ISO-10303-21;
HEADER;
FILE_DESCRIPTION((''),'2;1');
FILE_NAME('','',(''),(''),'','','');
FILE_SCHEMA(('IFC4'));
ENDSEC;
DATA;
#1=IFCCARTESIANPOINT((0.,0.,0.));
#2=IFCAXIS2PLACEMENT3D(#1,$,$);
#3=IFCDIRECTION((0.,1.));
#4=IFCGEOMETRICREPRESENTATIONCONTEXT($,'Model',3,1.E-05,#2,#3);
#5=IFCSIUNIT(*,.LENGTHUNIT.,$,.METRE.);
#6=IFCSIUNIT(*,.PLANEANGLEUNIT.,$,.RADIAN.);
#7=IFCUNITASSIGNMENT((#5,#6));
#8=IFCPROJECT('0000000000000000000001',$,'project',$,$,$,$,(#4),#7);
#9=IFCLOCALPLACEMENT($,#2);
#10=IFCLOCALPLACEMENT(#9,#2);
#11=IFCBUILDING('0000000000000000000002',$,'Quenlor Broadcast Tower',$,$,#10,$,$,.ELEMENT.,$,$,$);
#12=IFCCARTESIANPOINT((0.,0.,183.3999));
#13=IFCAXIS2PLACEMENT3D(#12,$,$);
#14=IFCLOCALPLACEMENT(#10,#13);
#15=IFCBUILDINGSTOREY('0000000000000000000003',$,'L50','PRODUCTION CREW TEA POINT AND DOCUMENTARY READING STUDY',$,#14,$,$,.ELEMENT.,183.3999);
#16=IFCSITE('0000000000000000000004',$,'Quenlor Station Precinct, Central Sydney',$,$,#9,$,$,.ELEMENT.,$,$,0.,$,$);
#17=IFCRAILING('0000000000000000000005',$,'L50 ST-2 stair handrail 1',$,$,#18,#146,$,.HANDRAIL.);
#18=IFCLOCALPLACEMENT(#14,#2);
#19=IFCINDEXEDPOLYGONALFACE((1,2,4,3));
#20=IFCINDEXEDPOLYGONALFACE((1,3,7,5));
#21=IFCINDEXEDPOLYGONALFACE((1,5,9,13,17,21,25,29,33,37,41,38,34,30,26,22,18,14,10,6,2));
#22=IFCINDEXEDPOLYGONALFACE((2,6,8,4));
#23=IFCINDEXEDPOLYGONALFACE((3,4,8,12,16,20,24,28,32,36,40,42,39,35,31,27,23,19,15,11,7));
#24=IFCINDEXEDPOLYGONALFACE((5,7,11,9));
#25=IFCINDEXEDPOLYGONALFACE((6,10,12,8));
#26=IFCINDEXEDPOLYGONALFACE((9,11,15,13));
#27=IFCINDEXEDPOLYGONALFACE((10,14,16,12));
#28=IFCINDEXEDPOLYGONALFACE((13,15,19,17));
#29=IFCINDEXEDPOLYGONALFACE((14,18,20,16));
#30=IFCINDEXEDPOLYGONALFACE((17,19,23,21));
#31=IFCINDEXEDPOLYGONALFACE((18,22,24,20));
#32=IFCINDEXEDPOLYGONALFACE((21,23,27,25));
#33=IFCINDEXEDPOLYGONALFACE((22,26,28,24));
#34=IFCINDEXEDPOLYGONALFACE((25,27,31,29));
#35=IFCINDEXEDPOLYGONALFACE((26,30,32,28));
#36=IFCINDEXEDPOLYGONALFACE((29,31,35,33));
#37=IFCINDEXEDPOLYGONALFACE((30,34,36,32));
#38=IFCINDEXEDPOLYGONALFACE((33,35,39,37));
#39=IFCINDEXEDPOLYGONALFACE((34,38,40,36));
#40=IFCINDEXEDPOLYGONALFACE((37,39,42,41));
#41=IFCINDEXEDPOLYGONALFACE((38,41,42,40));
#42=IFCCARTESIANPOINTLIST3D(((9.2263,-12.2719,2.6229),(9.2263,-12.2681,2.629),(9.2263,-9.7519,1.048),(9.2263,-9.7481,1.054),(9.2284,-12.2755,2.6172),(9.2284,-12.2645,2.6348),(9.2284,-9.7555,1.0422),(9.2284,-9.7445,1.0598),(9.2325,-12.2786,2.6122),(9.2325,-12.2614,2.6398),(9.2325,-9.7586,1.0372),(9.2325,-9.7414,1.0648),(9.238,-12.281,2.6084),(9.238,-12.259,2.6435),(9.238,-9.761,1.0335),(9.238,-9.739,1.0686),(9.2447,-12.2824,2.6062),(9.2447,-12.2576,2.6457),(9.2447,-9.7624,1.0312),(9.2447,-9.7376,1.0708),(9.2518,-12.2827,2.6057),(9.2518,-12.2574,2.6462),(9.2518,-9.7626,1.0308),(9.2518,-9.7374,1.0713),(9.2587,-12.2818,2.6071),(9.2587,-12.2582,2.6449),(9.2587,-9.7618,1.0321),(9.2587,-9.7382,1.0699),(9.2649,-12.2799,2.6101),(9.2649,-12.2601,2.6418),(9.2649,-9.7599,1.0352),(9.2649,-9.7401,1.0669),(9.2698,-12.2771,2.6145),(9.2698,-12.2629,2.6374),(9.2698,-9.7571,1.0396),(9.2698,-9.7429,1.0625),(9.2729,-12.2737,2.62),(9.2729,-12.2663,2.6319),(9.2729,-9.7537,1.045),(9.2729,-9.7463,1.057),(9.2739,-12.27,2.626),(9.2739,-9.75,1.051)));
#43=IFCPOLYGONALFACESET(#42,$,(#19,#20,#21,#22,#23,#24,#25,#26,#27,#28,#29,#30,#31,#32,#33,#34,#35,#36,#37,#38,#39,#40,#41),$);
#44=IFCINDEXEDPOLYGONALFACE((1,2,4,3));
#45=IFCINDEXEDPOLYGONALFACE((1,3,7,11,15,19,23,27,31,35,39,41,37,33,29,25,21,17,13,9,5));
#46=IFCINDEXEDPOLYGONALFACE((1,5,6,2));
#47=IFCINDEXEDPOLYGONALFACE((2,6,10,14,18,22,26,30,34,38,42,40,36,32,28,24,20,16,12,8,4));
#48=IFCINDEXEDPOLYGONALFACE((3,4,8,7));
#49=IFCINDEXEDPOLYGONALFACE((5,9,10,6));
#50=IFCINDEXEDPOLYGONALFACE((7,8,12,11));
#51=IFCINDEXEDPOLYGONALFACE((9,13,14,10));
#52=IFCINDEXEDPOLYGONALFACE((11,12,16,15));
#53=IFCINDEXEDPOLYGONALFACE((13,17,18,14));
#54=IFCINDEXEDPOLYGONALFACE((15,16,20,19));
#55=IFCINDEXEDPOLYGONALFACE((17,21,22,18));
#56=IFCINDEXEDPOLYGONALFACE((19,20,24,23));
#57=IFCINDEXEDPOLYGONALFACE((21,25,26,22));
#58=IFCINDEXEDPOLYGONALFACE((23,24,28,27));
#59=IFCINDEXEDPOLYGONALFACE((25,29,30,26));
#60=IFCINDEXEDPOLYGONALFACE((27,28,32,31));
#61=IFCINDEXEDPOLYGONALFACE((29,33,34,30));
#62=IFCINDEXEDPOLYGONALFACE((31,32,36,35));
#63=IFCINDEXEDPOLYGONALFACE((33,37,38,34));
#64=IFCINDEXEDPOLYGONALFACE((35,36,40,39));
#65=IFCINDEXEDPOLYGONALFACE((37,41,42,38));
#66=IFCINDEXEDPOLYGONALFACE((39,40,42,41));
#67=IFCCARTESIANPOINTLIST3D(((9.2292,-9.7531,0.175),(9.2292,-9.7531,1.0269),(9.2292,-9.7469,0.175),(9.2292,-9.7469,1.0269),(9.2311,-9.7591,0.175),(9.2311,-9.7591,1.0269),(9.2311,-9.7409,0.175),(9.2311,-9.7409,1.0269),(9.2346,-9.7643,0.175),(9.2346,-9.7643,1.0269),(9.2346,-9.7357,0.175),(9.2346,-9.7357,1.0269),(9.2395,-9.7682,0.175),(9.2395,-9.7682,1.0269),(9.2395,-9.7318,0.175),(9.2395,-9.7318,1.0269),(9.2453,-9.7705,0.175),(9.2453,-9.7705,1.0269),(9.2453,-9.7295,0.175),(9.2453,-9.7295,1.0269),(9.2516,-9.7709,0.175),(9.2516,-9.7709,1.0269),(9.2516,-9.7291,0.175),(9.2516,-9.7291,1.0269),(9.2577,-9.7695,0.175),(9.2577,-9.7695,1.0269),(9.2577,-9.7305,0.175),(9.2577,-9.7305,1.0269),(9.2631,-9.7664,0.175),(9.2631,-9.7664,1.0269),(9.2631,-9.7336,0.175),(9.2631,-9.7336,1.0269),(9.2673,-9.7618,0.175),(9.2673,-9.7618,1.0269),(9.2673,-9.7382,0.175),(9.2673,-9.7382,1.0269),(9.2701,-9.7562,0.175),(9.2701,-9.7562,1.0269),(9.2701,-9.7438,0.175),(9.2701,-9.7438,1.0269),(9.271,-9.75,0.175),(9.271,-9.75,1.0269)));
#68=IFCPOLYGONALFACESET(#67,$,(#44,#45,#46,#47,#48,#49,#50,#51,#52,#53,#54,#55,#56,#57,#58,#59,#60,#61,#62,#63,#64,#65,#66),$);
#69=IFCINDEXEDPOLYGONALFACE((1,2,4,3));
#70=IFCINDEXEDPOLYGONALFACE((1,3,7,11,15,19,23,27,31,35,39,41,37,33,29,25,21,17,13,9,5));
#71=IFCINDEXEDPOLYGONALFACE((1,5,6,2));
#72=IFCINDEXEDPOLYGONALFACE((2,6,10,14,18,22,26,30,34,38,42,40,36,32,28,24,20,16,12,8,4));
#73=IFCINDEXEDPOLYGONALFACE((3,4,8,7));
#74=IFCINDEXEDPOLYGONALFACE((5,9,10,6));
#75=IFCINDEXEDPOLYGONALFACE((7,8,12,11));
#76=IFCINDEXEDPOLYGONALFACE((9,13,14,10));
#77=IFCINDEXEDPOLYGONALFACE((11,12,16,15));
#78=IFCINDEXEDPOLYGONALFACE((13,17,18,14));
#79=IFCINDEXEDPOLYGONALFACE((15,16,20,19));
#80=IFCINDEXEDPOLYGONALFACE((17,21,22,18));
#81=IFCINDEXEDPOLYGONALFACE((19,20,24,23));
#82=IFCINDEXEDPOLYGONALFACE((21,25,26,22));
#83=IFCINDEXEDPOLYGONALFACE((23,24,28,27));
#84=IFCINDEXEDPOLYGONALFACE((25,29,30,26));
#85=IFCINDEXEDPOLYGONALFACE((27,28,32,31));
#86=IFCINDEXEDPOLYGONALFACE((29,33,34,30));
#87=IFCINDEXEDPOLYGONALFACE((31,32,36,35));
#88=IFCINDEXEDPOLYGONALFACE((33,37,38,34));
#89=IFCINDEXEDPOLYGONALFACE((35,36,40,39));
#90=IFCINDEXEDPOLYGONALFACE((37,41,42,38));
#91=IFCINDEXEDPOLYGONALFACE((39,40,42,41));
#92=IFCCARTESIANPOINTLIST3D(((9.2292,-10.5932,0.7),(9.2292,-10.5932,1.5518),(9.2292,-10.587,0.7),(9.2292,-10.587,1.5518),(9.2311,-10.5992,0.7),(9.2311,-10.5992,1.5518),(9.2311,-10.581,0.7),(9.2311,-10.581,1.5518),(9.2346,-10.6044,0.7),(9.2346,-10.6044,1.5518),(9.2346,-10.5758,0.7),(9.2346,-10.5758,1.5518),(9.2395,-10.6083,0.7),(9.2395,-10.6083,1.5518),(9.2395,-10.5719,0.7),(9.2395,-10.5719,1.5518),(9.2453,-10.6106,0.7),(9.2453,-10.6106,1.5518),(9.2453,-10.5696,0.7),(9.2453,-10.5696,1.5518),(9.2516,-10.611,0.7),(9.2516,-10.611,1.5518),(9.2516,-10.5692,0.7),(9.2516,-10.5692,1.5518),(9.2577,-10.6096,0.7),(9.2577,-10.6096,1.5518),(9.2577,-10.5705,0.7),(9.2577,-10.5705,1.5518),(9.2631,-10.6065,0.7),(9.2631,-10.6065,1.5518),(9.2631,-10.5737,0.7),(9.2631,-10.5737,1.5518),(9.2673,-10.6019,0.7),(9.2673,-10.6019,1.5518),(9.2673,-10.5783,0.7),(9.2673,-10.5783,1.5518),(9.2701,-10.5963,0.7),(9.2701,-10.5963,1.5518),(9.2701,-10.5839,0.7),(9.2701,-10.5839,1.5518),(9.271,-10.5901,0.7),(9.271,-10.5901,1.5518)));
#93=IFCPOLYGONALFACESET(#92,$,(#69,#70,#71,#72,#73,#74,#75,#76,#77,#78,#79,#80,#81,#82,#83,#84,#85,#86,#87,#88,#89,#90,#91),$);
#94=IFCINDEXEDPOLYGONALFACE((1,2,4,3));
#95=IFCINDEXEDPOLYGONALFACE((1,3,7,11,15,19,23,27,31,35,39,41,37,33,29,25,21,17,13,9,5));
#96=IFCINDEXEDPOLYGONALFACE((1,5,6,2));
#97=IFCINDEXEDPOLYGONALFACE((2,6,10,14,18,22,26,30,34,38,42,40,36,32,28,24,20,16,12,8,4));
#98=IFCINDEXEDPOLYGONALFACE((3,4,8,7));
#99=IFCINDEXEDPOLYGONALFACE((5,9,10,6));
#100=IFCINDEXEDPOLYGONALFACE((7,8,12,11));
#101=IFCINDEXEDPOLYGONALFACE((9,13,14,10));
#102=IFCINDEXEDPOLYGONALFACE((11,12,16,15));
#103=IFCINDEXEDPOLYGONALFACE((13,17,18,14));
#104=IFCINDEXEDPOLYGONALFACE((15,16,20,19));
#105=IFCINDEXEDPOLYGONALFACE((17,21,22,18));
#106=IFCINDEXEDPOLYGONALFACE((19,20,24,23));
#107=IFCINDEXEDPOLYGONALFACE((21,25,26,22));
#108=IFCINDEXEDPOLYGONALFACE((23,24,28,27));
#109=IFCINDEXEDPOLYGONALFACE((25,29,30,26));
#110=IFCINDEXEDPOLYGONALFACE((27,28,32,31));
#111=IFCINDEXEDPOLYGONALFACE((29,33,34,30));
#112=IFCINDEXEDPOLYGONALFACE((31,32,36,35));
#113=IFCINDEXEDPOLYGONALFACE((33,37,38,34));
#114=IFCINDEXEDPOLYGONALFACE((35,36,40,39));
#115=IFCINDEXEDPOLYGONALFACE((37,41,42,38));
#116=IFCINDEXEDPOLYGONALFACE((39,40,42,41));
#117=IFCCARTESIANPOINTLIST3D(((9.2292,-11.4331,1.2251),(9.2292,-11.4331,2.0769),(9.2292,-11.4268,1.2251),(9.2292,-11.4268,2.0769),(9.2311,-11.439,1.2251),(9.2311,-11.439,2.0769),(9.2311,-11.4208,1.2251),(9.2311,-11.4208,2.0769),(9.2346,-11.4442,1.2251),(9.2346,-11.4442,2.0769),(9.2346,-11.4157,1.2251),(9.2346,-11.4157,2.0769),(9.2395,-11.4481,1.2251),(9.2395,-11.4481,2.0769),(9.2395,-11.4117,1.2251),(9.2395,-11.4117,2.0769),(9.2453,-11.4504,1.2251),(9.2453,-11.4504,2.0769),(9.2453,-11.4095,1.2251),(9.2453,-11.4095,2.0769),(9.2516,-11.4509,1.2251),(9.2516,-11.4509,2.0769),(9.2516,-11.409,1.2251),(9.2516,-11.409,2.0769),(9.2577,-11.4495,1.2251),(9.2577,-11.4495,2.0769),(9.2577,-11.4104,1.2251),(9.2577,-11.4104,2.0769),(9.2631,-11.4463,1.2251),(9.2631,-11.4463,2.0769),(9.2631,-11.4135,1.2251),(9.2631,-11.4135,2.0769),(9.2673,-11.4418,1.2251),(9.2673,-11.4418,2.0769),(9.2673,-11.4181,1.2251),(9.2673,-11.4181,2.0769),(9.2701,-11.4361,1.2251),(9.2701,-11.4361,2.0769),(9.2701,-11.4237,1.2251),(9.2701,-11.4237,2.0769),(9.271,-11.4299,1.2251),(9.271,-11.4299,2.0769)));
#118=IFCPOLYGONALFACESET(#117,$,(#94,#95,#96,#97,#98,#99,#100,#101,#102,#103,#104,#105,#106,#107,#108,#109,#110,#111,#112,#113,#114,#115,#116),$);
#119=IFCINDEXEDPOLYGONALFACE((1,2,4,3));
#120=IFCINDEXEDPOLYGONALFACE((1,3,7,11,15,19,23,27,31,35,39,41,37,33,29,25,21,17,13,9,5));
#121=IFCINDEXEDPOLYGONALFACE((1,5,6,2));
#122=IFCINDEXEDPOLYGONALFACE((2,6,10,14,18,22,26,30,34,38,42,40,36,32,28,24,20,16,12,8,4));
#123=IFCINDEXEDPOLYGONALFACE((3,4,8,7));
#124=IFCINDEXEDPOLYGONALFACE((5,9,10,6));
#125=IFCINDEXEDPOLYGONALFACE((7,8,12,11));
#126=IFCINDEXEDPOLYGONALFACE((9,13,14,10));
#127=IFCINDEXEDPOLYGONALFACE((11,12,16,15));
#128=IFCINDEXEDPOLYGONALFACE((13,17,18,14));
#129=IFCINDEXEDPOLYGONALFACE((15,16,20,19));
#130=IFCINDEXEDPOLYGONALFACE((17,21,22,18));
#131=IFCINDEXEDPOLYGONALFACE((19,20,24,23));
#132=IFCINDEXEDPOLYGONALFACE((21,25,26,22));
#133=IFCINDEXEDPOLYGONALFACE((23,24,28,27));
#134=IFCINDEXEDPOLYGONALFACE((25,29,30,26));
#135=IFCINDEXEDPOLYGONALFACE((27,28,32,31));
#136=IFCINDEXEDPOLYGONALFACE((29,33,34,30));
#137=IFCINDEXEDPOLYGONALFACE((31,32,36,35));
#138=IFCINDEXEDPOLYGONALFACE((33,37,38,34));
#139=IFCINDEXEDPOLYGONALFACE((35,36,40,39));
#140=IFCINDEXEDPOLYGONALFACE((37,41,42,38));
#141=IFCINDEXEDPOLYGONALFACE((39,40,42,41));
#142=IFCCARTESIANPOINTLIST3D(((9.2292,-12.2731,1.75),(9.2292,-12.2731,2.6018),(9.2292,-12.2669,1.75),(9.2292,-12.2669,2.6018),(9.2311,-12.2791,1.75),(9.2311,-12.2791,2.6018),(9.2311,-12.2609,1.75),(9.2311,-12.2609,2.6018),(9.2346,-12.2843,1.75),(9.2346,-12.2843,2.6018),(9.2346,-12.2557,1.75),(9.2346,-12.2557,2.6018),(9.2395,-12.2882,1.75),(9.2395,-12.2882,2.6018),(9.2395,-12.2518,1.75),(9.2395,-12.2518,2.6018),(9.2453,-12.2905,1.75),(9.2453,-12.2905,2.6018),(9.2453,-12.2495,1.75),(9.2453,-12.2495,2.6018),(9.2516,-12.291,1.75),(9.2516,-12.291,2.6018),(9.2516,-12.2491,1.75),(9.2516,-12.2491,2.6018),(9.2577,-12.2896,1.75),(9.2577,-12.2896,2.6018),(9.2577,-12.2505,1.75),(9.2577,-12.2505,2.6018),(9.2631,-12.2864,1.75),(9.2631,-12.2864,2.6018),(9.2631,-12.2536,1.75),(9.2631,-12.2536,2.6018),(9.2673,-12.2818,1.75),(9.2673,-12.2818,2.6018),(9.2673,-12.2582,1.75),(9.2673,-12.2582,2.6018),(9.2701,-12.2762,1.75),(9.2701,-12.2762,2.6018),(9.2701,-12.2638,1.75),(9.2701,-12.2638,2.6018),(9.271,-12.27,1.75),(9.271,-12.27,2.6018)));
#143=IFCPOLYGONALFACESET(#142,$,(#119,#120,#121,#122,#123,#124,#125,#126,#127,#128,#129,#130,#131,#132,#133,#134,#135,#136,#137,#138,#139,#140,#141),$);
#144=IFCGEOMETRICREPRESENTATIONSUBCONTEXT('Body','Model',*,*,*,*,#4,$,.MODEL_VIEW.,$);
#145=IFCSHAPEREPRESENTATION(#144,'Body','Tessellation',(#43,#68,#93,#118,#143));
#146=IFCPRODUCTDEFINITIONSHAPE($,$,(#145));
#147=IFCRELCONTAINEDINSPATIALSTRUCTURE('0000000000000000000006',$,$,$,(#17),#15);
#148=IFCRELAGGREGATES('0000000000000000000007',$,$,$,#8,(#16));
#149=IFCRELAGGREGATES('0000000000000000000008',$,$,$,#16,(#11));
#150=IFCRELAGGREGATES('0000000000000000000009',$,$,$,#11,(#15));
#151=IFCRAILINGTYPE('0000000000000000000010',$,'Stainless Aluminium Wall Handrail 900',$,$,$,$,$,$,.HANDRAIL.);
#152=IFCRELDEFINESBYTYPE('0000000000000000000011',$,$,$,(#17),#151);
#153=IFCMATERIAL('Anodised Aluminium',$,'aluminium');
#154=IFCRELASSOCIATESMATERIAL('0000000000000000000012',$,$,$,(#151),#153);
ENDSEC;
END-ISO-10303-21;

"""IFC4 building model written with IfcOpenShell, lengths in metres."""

from ifc_helpers import new_model, si_unit, direction, frame, origin, origin_2d, place, context, subcontext, project, spatial, circle, extrude, material, type_object, element, save


model = new_model("IFC4")

# Units and contexts
model_context = context("Model", 3, precision=1e-05, world=origin(), true_north=direction((0.0, 1.0)))
body_context = subcontext(model_context, "Body", "Model", "MODEL_VIEW")
ifc_project = project(units=[si_unit("LENGTHUNIT", "METRE"), si_unit("PLANEANGLEUNIT", "RADIAN")], contexts=[model_context])

# Site, building, storey
site_placement = place(None, origin())
site = spatial("IfcSite", under=ifc_project, at=site_placement, Name="Quenlor Station Precinct, Central Sydney", CompositionType="ELEMENT", RefElevation=0.0)
building_placement = place(site_placement, origin())
building = spatial("IfcBuilding", under=site, at=building_placement, Name="Quenlor Broadcast Tower", CompositionType="ELEMENT")
storey_placement = place(building_placement, frame((0.0, 0.0, 183.3999)))
storey = spatial("IfcBuildingStorey", under=building, at=storey_placement, Name="L50", Description="PRODUCTION CREW TEA POINT AND DOCUMENTARY READING STUDY", CompositionType="ELEMENT", Elevation=183.3999)

# Railing
ifc_material_1 = material(Name="Anodised Aluminium", Category="aluminium")
railing_type_1 = type_object("IfcRailingType", Name="Stainless Aluminium Wall Handrail 900", PredefinedType="HANDRAIL", material=ifc_material_1)
railing_1_placement = place(storey_placement, frame((9.25, -9.75, 0.175)))
element("IfcRailing", 1, at=railing_1_placement, inside=storey, type_object=railing_type_1, Name="L50 ST-2 stair handrail 1", PredefinedType="HANDRAIL", context=body_context, shape_type="SweptSolid", body=[
    extrude(circle(Radius=0.0239, at=origin_2d()), frame((0.0, 0.0, 0.876), z_axis=(0.0, -0.848008, 0.529984), x_axis=(1.0, 0.0, 0.0)), (0.0, 0.0, 1.0), 2.9717),
    extrude(circle(Radius=0.021, at=origin_2d()), origin(), (0.0, 0.0, 1.0), 0.8518),
    extrude(circle(Radius=0.021, at=origin_2d()), frame((0.0, -0.8401, 0.5249)), (0.0, 0.0, 1.0), 0.8518),
    extrude(circle(Radius=0.021, at=origin_2d()), frame((0.0, -1.6799, 1.05)), (0.0, 0.0, 1.0), 0.8518),
    extrude(circle(Radius=0.021, at=origin_2d()), frame((0.0, -2.52, 1.575)), (0.0, 0.0, 1.0), 0.8518),
])

save(model, "model.ifc")
